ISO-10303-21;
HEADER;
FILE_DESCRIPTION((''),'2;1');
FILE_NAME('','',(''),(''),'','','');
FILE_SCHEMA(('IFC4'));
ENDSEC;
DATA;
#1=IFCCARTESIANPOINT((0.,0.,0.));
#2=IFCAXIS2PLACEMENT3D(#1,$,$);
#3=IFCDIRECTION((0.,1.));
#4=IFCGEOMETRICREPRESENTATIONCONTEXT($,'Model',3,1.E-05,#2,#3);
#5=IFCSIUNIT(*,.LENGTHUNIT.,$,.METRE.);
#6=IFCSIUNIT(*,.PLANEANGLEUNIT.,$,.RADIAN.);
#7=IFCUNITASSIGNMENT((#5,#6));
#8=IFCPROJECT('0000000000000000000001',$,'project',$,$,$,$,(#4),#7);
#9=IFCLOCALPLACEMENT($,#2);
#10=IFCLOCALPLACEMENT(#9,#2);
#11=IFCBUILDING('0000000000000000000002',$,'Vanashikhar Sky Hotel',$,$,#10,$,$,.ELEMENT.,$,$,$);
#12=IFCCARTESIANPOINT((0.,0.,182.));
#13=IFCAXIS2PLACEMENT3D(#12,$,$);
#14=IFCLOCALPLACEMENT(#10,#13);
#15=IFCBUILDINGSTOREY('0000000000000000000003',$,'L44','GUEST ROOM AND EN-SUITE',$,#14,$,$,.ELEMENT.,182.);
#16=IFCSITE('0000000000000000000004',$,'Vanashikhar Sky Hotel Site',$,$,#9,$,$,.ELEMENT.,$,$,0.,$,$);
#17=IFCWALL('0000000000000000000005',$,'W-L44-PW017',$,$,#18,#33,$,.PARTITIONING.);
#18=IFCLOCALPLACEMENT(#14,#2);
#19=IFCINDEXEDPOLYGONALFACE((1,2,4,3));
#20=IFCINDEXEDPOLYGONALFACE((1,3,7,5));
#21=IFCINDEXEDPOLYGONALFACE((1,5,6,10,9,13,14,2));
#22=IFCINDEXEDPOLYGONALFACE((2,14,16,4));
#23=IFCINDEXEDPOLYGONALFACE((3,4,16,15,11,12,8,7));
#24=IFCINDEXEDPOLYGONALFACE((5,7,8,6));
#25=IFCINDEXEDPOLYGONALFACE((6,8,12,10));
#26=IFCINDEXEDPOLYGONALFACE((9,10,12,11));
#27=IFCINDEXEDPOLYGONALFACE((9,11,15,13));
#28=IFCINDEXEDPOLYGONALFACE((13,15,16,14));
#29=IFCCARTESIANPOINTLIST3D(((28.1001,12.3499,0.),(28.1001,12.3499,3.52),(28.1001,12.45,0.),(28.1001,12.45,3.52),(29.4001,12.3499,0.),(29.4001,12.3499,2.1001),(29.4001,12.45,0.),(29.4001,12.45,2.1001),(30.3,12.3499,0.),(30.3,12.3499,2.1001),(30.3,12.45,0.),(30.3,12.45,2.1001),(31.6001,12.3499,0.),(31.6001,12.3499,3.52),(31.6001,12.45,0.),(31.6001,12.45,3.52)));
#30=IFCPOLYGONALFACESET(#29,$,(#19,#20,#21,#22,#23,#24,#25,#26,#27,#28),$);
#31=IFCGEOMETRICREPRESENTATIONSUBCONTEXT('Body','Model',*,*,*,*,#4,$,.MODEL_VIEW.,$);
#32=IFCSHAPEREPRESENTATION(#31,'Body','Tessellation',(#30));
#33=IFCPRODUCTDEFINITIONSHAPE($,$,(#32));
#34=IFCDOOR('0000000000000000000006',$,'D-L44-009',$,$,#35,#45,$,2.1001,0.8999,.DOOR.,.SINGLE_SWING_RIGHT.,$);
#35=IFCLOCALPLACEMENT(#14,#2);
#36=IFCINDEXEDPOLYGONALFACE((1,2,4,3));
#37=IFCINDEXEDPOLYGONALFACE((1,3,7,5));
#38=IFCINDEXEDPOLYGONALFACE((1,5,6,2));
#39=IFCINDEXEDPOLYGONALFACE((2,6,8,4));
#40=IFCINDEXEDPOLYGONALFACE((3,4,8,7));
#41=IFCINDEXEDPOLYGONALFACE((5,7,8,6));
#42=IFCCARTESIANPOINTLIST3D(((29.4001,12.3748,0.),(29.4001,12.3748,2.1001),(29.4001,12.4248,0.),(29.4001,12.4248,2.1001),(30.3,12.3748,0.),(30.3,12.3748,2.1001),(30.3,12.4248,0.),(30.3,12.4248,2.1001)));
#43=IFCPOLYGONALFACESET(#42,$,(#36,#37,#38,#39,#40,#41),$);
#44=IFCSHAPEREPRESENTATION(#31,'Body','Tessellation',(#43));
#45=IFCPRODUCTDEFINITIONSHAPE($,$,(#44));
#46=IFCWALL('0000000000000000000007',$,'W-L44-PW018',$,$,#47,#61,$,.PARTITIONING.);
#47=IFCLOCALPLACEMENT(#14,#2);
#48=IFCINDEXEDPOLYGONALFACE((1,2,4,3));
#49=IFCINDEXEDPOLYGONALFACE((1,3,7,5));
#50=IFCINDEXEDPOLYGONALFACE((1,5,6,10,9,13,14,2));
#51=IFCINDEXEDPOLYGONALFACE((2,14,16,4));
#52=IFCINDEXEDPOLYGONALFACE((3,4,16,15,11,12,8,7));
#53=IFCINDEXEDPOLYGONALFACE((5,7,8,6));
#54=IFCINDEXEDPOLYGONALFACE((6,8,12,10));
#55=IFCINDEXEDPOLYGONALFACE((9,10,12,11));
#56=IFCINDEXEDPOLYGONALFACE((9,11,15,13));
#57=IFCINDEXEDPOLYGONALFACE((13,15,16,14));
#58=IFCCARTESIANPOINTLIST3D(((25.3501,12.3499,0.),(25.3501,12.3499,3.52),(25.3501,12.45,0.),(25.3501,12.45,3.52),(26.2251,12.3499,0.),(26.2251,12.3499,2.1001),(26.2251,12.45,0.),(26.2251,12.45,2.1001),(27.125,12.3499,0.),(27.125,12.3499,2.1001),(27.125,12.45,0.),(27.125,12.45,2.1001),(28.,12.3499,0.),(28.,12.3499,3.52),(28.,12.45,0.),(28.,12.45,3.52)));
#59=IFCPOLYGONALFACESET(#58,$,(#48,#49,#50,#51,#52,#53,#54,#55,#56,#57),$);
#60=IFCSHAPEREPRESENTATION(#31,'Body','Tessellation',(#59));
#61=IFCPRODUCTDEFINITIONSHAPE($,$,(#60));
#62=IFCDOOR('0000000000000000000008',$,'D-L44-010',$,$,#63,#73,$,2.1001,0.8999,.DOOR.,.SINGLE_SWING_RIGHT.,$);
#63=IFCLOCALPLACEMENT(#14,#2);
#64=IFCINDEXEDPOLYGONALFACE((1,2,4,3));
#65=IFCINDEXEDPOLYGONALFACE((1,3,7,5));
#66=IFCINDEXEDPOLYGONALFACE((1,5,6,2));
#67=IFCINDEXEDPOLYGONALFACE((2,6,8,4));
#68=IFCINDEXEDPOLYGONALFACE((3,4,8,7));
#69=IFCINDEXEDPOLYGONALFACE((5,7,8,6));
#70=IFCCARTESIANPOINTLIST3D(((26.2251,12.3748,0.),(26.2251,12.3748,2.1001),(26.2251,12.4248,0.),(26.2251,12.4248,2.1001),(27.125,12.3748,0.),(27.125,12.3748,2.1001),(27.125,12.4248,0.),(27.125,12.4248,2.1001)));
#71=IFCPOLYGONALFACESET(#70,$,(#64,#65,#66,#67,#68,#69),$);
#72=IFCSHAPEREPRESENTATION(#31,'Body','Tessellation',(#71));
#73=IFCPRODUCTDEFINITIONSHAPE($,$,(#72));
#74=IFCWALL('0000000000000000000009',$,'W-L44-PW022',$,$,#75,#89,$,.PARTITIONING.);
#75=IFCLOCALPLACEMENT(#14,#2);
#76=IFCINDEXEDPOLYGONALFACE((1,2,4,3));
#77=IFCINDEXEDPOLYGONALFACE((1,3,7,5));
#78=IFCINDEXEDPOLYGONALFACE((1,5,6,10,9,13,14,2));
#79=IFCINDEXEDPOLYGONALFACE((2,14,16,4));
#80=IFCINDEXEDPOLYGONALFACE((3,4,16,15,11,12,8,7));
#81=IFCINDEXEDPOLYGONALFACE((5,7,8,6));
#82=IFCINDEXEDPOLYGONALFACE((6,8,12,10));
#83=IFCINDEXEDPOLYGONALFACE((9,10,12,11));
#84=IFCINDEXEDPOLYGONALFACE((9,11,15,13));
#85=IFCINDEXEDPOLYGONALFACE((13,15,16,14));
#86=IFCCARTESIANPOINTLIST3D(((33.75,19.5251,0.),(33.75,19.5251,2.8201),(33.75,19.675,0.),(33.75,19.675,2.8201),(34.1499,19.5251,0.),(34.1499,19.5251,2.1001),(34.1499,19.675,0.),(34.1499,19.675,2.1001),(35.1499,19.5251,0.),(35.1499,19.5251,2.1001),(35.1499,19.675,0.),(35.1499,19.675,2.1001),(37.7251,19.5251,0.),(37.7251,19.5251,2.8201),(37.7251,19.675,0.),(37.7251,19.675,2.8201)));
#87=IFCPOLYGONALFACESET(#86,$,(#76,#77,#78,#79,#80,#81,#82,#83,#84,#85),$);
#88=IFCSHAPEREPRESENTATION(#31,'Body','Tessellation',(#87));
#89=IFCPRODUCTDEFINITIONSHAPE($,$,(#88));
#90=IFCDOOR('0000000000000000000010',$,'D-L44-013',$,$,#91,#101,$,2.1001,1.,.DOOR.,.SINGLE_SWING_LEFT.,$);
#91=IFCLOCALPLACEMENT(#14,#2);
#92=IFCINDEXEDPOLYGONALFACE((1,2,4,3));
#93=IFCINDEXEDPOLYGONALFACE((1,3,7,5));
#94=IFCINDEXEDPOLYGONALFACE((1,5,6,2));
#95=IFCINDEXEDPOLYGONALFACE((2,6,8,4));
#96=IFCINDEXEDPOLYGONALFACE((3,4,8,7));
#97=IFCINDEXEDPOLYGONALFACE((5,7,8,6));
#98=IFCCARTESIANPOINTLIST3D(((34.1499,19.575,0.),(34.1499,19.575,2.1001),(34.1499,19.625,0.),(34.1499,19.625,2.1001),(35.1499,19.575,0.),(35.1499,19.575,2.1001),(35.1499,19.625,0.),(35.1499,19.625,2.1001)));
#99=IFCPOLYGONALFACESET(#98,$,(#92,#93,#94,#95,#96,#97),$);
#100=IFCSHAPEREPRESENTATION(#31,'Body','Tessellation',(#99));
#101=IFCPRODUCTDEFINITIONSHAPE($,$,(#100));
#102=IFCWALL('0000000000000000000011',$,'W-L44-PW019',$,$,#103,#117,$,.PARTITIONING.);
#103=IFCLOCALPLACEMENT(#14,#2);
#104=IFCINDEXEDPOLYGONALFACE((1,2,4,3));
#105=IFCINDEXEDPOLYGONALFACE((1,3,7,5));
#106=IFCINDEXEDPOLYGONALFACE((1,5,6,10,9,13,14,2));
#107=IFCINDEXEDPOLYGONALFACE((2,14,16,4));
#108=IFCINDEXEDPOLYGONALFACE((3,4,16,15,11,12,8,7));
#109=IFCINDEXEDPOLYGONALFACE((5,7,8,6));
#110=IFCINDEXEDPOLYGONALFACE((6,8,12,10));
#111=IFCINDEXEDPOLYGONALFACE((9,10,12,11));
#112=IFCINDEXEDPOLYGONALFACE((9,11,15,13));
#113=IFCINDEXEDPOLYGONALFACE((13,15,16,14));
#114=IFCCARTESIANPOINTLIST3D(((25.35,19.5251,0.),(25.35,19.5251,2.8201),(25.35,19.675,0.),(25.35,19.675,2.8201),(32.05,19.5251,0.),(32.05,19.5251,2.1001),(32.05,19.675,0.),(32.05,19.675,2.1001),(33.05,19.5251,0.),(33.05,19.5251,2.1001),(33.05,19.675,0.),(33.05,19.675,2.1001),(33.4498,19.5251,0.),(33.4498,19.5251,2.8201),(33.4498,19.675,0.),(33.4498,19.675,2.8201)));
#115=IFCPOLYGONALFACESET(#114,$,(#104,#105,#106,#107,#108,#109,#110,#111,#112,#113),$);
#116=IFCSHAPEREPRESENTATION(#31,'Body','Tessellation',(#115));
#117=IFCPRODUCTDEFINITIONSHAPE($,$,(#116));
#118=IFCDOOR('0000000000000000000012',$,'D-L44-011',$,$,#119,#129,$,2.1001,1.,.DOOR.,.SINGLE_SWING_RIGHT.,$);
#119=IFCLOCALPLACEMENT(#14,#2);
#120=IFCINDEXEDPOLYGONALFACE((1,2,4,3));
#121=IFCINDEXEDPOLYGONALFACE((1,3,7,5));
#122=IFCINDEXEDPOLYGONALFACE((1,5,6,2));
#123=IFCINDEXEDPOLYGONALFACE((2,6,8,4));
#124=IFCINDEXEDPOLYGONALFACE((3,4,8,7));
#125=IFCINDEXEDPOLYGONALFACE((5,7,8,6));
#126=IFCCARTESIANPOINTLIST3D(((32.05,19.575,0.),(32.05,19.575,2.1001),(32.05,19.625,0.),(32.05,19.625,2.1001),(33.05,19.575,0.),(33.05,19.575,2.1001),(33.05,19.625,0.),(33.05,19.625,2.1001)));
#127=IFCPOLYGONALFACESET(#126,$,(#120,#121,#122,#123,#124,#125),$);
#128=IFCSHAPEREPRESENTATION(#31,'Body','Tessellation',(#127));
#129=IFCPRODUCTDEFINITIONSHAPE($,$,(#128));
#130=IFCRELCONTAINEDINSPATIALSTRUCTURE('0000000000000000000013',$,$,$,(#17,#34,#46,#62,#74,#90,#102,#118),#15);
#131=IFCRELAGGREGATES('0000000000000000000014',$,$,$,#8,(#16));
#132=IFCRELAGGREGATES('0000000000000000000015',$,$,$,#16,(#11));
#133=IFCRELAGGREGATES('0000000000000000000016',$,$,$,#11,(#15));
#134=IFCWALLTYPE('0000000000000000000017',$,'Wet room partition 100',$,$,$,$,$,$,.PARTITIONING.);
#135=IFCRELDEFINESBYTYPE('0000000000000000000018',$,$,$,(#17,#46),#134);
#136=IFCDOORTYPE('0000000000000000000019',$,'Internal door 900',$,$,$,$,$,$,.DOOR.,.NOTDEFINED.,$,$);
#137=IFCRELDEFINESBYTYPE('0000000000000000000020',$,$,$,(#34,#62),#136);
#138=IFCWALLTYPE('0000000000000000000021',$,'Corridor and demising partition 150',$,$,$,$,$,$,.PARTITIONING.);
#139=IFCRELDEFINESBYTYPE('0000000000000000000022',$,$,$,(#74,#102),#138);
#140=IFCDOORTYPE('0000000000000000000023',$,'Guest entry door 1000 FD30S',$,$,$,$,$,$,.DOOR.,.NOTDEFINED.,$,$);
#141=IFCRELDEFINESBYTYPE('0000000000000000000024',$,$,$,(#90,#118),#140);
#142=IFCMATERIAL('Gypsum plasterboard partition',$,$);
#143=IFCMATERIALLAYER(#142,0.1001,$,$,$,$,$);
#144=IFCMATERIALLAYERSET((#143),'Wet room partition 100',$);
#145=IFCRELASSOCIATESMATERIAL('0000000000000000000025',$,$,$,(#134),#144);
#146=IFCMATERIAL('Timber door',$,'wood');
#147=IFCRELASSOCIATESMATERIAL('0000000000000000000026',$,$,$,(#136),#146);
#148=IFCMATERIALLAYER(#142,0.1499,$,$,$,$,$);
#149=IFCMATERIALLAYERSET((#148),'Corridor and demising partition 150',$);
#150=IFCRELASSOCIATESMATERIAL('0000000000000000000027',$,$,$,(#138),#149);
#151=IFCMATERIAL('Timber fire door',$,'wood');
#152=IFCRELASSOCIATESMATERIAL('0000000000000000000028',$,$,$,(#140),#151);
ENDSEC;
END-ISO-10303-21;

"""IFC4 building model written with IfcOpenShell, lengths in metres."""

from ifc_helpers import new_model, si_unit, direction, frame, frame_2d, origin, place, context, subcontext, project, spatial, rectangle, extrude, source, transform, mapped, material, layer, layer_set, type_object, element, fill, save


model = new_model("IFC4")

# Units and contexts
model_context = context("Model", 3, precision=1e-05, world=origin(), true_north=direction((0.0, 1.0)))
body_context = subcontext(model_context, "Body", "Model", "MODEL_VIEW")
ifc_project = project(units=[si_unit("LENGTHUNIT", "METRE"), si_unit("PLANEANGLEUNIT", "RADIAN")], contexts=[model_context])

# Site, building, storey
site_placement = place(None, origin())
site = spatial("IfcSite", under=ifc_project, at=site_placement, Name="Vanashikhar Sky Hotel Site", CompositionType="ELEMENT", RefElevation=0.0)
building_placement = place(site_placement, origin())
building = spatial("IfcBuilding", under=site, at=building_placement, Name="Vanashikhar Sky Hotel", CompositionType="ELEMENT")
storey_placement = place(building_placement, frame((0.0, 0.0, 182.0)))
storey = spatial("IfcBuildingStorey", under=building, at=storey_placement, Name="L44", Description="GUEST ROOM AND EN-SUITE", CompositionType="ELEMENT", Elevation=182.0)

# Shared definitions
ifc_material_1 = material(Name="Gypsum plasterboard partition")
ifc_layer_1 = layer(ifc_material_1, 0.1001)
ifc_layer_set_1 = layer_set([ifc_layer_1], Name="Wet room partition 100")
wall_type_1 = type_object("IfcWallType", Name="Wet room partition 100", PredefinedType="PARTITIONING", material=ifc_layer_set_1)

# Walls, openings, doors
shared_shape_1 = source(origin(), body_context, "Body", "SweptSolid", [
    extrude(rectangle(XDim=3.5, YDim=0.1001, at=frame_2d((1.75, 0.0))), origin(), (0.0, 0.0, 1.0), 3.52),
])
wall_1_placement = place(storey_placement, frame((28.1001, 12.3999, 0.0), z_axis=(0.0, 0.0, 1.0), x_axis=(1.0, 0.0, 0.0)))
wall_1 = element("IfcWall", 1, at=wall_1_placement, inside=storey, type_object=wall_type_1, Name="W-L44-PW017", PredefinedType="PARTITIONING", context=body_context, shape_type="MappedRepresentation", body=[
    mapped(shared_shape_1, transform((0.0, 0.0, 0.0), scale=1.0)),
])
shared_shape_2 = source(origin(), body_context, "Body", "SweptSolid", [
    extrude(rectangle(XDim=0.8999, YDim=2.1001, at=frame_2d((0.45, 1.05))), frame((0.0, 0.0601, 0.0), z_axis=(0.0, -1.0, 0.0), x_axis=(1.0, 0.0, 0.0)), (0.0, 0.0, 1.0), 0.1201),
])
opening_1_placement = place(wall_1_placement, frame((1.3, 0.0, 0.0)))
opening_1 = element("IfcOpeningElement", 2, at=opening_1_placement, cuts=wall_1, PredefinedType="OPENING", context=body_context, shape_type="MappedRepresentation", body=[
    mapped(shared_shape_2, transform((0.0, 0.0, 0.0), scale=1.0)),
])
ifc_material_2 = material(Name="Timber door", Category="wood")
door_type_1 = type_object("IfcDoorType", Name="Internal door 900", OperationType="NOTDEFINED", PredefinedType="DOOR", material=ifc_material_2)
shared_shape_3 = source(origin(), body_context, "Body", "SweptSolid", [
    extrude(rectangle(XDim=0.8999, YDim=2.1001, at=frame_2d((0.45, 1.05))), frame((0.0, 0.0249, 0.0), z_axis=(0.0, -1.0, 0.0), x_axis=(1.0, 0.0, 0.0)), (0.0, 0.0, 1.0), 0.05),
])
door_1_placement = place(opening_1_placement, origin())
door_1 = element("IfcDoor", 3, at=door_1_placement, inside=storey, type_object=door_type_1, Name="D-L44-009", OperationType="SINGLE_SWING_RIGHT", OverallHeight=2.1001, OverallWidth=0.8999, PredefinedType="DOOR", context=body_context, shape_type="MappedRepresentation", body=[
    mapped(shared_shape_3, transform((0.0, 0.0, 0.0), scale=1.0)),
])
fill(opening_1, door_1)
shared_shape_4 = source(origin(), body_context, "Body", "SweptSolid", [
    extrude(rectangle(XDim=2.6499, YDim=0.1001, at=frame_2d((1.325, 0.0))), origin(), (0.0, 0.0, 1.0), 3.52),
])
wall_2_placement = place(storey_placement, frame((25.3501, 12.3999, 0.0), z_axis=(0.0, 0.0, 1.0), x_axis=(1.0, 0.0, 0.0)))
wall_2 = element("IfcWall", 4, at=wall_2_placement, inside=storey, type_object=wall_type_1, Name="W-L44-PW018", PredefinedType="PARTITIONING", context=body_context, shape_type="MappedRepresentation", body=[
    mapped(shared_shape_4, transform((0.0, 0.0, 0.0), scale=1.0)),
])
opening_2_placement = place(wall_2_placement, frame((0.875, 0.0, 0.0)))
opening_2 = element("IfcOpeningElement", 5, at=opening_2_placement, cuts=wall_2, PredefinedType="OPENING", context=body_context, shape_type="MappedRepresentation", body=[
    mapped(shared_shape_2, transform((0.0, 0.0, 0.0), scale=1.0)),
])
door_2_placement = place(opening_2_placement, origin())
door_2 = element("IfcDoor", 6, at=door_2_placement, inside=storey, type_object=door_type_1, Name="D-L44-010", OperationType="SINGLE_SWING_RIGHT", OverallHeight=2.1001, OverallWidth=0.8999, PredefinedType="DOOR", context=body_context, shape_type="MappedRepresentation", body=[
    mapped(shared_shape_3, transform((0.0, 0.0, 0.0), scale=1.0)),
])
fill(opening_2, door_2)
ifc_layer_2 = layer(ifc_material_1, 0.1499)
ifc_layer_set_2 = layer_set([ifc_layer_2], Name="Corridor and demising partition 150")
wall_type_2 = type_object("IfcWallType", Name="Corridor and demising partition 150", PredefinedType="PARTITIONING", material=ifc_layer_set_2)
shared_shape_5 = source(origin(), body_context, "Body", "SweptSolid", [
    extrude(rectangle(XDim=3.9751, YDim=0.1499, at=frame_2d((1.9875, 0.0))), origin(), (0.0, 0.0, 1.0), 2.8201),
])
wall_3_placement = place(storey_placement, frame((33.75, 19.6001, 0.0), z_axis=(0.0, 0.0, 1.0), x_axis=(1.0, 0.0, 0.0)))
wall_3 = element("IfcWall", 7, at=wall_3_placement, inside=storey, type_object=wall_type_2, Name="W-L44-PW022", PredefinedType="PARTITIONING", context=body_context, shape_type="MappedRepresentation", body=[
    mapped(shared_shape_5, transform((0.0, 0.0, 0.0), scale=1.0)),
])
shared_shape_6 = source(origin(), body_context, "Body", "SweptSolid", [
    extrude(rectangle(XDim=1.0, YDim=2.1001, at=frame_2d((0.5, 1.05))), frame((0.0, 0.085, 0.0), z_axis=(0.0, -1.0, 0.0), x_axis=(1.0, 0.0, 0.0)), (0.0, 0.0, 1.0), 0.1699),
])
opening_3_placement = place(wall_3_placement, frame((0.3999, 0.0, 0.0)))
opening_3 = element("IfcOpeningElement", 8, at=opening_3_placement, cuts=wall_3, PredefinedType="OPENING", context=body_context, shape_type="MappedRepresentation", body=[
    mapped(shared_shape_6, transform((0.0, 0.0, 0.0), scale=1.0)),
])
ifc_material_3 = material(Name="Timber fire door", Category="wood")
door_type_2 = type_object("IfcDoorType", Name="Guest entry door 1000 FD30S", OperationType="NOTDEFINED", PredefinedType="DOOR", material=ifc_material_3)
shared_shape_7 = source(origin(), body_context, "Body", "SweptSolid", [
    extrude(rectangle(XDim=1.0, YDim=2.1001, at=frame_2d((0.5, 1.05))), frame((0.0, 0.0249, 0.0), z_axis=(0.0, -1.0, 0.0), x_axis=(1.0, 0.0, 0.0)), (0.0, 0.0, 1.0), 0.05),
])
door_3_placement = place(opening_3_placement, origin())
door_3 = element("IfcDoor", 9, at=door_3_placement, inside=storey, type_object=door_type_2, Name="D-L44-013", OperationType="SINGLE_SWING_LEFT", OverallHeight=2.1001, OverallWidth=1.0, PredefinedType="DOOR", context=body_context, shape_type="MappedRepresentation", body=[
    mapped(shared_shape_7, transform((0.0, 0.0, 0.0), scale=1.0)),
])
fill(opening_3, door_3)
shared_shape_8 = source(origin(), body_context, "Body", "SweptSolid", [
    extrude(rectangle(XDim=8.0999, YDim=0.1499, at=frame_2d((4.0498, 0.0))), origin(), (0.0, 0.0, 1.0), 2.8201),
])
wall_4_placement = place(storey_placement, frame((25.3501, 19.6001, 0.0), z_axis=(0.0, 0.0, 1.0), x_axis=(1.0, 0.0, 0.0)))
wall_4 = element("IfcWall", 10, at=wall_4_placement, inside=storey, type_object=wall_type_2, Name="W-L44-PW019", PredefinedType="PARTITIONING", context=body_context, shape_type="MappedRepresentation", body=[
    mapped(shared_shape_8, transform((0.0, 0.0, 0.0), scale=1.0)),
])
opening_4_placement = place(wall_4_placement, frame((6.7, 0.0, 0.0)))
opening_4 = element("IfcOpeningElement", 11, at=opening_4_placement, cuts=wall_4, PredefinedType="OPENING", context=body_context, shape_type="MappedRepresentation", body=[
    mapped(shared_shape_6, transform((0.0, 0.0, 0.0), scale=1.0)),
])
door_4_placement = place(opening_4_placement, origin())
door_4 = element("IfcDoor", 12, at=door_4_placement, inside=storey, type_object=door_type_2, Name="D-L44-011", OperationType="SINGLE_SWING_RIGHT", OverallHeight=2.1001, OverallWidth=1.0, PredefinedType="DOOR", context=body_context, shape_type="MappedRepresentation", body=[
    mapped(shared_shape_7, transform((0.0, 0.0, 0.0), scale=1.0)),
])
fill(opening_4, door_4)

save(model, "model.ifc")
